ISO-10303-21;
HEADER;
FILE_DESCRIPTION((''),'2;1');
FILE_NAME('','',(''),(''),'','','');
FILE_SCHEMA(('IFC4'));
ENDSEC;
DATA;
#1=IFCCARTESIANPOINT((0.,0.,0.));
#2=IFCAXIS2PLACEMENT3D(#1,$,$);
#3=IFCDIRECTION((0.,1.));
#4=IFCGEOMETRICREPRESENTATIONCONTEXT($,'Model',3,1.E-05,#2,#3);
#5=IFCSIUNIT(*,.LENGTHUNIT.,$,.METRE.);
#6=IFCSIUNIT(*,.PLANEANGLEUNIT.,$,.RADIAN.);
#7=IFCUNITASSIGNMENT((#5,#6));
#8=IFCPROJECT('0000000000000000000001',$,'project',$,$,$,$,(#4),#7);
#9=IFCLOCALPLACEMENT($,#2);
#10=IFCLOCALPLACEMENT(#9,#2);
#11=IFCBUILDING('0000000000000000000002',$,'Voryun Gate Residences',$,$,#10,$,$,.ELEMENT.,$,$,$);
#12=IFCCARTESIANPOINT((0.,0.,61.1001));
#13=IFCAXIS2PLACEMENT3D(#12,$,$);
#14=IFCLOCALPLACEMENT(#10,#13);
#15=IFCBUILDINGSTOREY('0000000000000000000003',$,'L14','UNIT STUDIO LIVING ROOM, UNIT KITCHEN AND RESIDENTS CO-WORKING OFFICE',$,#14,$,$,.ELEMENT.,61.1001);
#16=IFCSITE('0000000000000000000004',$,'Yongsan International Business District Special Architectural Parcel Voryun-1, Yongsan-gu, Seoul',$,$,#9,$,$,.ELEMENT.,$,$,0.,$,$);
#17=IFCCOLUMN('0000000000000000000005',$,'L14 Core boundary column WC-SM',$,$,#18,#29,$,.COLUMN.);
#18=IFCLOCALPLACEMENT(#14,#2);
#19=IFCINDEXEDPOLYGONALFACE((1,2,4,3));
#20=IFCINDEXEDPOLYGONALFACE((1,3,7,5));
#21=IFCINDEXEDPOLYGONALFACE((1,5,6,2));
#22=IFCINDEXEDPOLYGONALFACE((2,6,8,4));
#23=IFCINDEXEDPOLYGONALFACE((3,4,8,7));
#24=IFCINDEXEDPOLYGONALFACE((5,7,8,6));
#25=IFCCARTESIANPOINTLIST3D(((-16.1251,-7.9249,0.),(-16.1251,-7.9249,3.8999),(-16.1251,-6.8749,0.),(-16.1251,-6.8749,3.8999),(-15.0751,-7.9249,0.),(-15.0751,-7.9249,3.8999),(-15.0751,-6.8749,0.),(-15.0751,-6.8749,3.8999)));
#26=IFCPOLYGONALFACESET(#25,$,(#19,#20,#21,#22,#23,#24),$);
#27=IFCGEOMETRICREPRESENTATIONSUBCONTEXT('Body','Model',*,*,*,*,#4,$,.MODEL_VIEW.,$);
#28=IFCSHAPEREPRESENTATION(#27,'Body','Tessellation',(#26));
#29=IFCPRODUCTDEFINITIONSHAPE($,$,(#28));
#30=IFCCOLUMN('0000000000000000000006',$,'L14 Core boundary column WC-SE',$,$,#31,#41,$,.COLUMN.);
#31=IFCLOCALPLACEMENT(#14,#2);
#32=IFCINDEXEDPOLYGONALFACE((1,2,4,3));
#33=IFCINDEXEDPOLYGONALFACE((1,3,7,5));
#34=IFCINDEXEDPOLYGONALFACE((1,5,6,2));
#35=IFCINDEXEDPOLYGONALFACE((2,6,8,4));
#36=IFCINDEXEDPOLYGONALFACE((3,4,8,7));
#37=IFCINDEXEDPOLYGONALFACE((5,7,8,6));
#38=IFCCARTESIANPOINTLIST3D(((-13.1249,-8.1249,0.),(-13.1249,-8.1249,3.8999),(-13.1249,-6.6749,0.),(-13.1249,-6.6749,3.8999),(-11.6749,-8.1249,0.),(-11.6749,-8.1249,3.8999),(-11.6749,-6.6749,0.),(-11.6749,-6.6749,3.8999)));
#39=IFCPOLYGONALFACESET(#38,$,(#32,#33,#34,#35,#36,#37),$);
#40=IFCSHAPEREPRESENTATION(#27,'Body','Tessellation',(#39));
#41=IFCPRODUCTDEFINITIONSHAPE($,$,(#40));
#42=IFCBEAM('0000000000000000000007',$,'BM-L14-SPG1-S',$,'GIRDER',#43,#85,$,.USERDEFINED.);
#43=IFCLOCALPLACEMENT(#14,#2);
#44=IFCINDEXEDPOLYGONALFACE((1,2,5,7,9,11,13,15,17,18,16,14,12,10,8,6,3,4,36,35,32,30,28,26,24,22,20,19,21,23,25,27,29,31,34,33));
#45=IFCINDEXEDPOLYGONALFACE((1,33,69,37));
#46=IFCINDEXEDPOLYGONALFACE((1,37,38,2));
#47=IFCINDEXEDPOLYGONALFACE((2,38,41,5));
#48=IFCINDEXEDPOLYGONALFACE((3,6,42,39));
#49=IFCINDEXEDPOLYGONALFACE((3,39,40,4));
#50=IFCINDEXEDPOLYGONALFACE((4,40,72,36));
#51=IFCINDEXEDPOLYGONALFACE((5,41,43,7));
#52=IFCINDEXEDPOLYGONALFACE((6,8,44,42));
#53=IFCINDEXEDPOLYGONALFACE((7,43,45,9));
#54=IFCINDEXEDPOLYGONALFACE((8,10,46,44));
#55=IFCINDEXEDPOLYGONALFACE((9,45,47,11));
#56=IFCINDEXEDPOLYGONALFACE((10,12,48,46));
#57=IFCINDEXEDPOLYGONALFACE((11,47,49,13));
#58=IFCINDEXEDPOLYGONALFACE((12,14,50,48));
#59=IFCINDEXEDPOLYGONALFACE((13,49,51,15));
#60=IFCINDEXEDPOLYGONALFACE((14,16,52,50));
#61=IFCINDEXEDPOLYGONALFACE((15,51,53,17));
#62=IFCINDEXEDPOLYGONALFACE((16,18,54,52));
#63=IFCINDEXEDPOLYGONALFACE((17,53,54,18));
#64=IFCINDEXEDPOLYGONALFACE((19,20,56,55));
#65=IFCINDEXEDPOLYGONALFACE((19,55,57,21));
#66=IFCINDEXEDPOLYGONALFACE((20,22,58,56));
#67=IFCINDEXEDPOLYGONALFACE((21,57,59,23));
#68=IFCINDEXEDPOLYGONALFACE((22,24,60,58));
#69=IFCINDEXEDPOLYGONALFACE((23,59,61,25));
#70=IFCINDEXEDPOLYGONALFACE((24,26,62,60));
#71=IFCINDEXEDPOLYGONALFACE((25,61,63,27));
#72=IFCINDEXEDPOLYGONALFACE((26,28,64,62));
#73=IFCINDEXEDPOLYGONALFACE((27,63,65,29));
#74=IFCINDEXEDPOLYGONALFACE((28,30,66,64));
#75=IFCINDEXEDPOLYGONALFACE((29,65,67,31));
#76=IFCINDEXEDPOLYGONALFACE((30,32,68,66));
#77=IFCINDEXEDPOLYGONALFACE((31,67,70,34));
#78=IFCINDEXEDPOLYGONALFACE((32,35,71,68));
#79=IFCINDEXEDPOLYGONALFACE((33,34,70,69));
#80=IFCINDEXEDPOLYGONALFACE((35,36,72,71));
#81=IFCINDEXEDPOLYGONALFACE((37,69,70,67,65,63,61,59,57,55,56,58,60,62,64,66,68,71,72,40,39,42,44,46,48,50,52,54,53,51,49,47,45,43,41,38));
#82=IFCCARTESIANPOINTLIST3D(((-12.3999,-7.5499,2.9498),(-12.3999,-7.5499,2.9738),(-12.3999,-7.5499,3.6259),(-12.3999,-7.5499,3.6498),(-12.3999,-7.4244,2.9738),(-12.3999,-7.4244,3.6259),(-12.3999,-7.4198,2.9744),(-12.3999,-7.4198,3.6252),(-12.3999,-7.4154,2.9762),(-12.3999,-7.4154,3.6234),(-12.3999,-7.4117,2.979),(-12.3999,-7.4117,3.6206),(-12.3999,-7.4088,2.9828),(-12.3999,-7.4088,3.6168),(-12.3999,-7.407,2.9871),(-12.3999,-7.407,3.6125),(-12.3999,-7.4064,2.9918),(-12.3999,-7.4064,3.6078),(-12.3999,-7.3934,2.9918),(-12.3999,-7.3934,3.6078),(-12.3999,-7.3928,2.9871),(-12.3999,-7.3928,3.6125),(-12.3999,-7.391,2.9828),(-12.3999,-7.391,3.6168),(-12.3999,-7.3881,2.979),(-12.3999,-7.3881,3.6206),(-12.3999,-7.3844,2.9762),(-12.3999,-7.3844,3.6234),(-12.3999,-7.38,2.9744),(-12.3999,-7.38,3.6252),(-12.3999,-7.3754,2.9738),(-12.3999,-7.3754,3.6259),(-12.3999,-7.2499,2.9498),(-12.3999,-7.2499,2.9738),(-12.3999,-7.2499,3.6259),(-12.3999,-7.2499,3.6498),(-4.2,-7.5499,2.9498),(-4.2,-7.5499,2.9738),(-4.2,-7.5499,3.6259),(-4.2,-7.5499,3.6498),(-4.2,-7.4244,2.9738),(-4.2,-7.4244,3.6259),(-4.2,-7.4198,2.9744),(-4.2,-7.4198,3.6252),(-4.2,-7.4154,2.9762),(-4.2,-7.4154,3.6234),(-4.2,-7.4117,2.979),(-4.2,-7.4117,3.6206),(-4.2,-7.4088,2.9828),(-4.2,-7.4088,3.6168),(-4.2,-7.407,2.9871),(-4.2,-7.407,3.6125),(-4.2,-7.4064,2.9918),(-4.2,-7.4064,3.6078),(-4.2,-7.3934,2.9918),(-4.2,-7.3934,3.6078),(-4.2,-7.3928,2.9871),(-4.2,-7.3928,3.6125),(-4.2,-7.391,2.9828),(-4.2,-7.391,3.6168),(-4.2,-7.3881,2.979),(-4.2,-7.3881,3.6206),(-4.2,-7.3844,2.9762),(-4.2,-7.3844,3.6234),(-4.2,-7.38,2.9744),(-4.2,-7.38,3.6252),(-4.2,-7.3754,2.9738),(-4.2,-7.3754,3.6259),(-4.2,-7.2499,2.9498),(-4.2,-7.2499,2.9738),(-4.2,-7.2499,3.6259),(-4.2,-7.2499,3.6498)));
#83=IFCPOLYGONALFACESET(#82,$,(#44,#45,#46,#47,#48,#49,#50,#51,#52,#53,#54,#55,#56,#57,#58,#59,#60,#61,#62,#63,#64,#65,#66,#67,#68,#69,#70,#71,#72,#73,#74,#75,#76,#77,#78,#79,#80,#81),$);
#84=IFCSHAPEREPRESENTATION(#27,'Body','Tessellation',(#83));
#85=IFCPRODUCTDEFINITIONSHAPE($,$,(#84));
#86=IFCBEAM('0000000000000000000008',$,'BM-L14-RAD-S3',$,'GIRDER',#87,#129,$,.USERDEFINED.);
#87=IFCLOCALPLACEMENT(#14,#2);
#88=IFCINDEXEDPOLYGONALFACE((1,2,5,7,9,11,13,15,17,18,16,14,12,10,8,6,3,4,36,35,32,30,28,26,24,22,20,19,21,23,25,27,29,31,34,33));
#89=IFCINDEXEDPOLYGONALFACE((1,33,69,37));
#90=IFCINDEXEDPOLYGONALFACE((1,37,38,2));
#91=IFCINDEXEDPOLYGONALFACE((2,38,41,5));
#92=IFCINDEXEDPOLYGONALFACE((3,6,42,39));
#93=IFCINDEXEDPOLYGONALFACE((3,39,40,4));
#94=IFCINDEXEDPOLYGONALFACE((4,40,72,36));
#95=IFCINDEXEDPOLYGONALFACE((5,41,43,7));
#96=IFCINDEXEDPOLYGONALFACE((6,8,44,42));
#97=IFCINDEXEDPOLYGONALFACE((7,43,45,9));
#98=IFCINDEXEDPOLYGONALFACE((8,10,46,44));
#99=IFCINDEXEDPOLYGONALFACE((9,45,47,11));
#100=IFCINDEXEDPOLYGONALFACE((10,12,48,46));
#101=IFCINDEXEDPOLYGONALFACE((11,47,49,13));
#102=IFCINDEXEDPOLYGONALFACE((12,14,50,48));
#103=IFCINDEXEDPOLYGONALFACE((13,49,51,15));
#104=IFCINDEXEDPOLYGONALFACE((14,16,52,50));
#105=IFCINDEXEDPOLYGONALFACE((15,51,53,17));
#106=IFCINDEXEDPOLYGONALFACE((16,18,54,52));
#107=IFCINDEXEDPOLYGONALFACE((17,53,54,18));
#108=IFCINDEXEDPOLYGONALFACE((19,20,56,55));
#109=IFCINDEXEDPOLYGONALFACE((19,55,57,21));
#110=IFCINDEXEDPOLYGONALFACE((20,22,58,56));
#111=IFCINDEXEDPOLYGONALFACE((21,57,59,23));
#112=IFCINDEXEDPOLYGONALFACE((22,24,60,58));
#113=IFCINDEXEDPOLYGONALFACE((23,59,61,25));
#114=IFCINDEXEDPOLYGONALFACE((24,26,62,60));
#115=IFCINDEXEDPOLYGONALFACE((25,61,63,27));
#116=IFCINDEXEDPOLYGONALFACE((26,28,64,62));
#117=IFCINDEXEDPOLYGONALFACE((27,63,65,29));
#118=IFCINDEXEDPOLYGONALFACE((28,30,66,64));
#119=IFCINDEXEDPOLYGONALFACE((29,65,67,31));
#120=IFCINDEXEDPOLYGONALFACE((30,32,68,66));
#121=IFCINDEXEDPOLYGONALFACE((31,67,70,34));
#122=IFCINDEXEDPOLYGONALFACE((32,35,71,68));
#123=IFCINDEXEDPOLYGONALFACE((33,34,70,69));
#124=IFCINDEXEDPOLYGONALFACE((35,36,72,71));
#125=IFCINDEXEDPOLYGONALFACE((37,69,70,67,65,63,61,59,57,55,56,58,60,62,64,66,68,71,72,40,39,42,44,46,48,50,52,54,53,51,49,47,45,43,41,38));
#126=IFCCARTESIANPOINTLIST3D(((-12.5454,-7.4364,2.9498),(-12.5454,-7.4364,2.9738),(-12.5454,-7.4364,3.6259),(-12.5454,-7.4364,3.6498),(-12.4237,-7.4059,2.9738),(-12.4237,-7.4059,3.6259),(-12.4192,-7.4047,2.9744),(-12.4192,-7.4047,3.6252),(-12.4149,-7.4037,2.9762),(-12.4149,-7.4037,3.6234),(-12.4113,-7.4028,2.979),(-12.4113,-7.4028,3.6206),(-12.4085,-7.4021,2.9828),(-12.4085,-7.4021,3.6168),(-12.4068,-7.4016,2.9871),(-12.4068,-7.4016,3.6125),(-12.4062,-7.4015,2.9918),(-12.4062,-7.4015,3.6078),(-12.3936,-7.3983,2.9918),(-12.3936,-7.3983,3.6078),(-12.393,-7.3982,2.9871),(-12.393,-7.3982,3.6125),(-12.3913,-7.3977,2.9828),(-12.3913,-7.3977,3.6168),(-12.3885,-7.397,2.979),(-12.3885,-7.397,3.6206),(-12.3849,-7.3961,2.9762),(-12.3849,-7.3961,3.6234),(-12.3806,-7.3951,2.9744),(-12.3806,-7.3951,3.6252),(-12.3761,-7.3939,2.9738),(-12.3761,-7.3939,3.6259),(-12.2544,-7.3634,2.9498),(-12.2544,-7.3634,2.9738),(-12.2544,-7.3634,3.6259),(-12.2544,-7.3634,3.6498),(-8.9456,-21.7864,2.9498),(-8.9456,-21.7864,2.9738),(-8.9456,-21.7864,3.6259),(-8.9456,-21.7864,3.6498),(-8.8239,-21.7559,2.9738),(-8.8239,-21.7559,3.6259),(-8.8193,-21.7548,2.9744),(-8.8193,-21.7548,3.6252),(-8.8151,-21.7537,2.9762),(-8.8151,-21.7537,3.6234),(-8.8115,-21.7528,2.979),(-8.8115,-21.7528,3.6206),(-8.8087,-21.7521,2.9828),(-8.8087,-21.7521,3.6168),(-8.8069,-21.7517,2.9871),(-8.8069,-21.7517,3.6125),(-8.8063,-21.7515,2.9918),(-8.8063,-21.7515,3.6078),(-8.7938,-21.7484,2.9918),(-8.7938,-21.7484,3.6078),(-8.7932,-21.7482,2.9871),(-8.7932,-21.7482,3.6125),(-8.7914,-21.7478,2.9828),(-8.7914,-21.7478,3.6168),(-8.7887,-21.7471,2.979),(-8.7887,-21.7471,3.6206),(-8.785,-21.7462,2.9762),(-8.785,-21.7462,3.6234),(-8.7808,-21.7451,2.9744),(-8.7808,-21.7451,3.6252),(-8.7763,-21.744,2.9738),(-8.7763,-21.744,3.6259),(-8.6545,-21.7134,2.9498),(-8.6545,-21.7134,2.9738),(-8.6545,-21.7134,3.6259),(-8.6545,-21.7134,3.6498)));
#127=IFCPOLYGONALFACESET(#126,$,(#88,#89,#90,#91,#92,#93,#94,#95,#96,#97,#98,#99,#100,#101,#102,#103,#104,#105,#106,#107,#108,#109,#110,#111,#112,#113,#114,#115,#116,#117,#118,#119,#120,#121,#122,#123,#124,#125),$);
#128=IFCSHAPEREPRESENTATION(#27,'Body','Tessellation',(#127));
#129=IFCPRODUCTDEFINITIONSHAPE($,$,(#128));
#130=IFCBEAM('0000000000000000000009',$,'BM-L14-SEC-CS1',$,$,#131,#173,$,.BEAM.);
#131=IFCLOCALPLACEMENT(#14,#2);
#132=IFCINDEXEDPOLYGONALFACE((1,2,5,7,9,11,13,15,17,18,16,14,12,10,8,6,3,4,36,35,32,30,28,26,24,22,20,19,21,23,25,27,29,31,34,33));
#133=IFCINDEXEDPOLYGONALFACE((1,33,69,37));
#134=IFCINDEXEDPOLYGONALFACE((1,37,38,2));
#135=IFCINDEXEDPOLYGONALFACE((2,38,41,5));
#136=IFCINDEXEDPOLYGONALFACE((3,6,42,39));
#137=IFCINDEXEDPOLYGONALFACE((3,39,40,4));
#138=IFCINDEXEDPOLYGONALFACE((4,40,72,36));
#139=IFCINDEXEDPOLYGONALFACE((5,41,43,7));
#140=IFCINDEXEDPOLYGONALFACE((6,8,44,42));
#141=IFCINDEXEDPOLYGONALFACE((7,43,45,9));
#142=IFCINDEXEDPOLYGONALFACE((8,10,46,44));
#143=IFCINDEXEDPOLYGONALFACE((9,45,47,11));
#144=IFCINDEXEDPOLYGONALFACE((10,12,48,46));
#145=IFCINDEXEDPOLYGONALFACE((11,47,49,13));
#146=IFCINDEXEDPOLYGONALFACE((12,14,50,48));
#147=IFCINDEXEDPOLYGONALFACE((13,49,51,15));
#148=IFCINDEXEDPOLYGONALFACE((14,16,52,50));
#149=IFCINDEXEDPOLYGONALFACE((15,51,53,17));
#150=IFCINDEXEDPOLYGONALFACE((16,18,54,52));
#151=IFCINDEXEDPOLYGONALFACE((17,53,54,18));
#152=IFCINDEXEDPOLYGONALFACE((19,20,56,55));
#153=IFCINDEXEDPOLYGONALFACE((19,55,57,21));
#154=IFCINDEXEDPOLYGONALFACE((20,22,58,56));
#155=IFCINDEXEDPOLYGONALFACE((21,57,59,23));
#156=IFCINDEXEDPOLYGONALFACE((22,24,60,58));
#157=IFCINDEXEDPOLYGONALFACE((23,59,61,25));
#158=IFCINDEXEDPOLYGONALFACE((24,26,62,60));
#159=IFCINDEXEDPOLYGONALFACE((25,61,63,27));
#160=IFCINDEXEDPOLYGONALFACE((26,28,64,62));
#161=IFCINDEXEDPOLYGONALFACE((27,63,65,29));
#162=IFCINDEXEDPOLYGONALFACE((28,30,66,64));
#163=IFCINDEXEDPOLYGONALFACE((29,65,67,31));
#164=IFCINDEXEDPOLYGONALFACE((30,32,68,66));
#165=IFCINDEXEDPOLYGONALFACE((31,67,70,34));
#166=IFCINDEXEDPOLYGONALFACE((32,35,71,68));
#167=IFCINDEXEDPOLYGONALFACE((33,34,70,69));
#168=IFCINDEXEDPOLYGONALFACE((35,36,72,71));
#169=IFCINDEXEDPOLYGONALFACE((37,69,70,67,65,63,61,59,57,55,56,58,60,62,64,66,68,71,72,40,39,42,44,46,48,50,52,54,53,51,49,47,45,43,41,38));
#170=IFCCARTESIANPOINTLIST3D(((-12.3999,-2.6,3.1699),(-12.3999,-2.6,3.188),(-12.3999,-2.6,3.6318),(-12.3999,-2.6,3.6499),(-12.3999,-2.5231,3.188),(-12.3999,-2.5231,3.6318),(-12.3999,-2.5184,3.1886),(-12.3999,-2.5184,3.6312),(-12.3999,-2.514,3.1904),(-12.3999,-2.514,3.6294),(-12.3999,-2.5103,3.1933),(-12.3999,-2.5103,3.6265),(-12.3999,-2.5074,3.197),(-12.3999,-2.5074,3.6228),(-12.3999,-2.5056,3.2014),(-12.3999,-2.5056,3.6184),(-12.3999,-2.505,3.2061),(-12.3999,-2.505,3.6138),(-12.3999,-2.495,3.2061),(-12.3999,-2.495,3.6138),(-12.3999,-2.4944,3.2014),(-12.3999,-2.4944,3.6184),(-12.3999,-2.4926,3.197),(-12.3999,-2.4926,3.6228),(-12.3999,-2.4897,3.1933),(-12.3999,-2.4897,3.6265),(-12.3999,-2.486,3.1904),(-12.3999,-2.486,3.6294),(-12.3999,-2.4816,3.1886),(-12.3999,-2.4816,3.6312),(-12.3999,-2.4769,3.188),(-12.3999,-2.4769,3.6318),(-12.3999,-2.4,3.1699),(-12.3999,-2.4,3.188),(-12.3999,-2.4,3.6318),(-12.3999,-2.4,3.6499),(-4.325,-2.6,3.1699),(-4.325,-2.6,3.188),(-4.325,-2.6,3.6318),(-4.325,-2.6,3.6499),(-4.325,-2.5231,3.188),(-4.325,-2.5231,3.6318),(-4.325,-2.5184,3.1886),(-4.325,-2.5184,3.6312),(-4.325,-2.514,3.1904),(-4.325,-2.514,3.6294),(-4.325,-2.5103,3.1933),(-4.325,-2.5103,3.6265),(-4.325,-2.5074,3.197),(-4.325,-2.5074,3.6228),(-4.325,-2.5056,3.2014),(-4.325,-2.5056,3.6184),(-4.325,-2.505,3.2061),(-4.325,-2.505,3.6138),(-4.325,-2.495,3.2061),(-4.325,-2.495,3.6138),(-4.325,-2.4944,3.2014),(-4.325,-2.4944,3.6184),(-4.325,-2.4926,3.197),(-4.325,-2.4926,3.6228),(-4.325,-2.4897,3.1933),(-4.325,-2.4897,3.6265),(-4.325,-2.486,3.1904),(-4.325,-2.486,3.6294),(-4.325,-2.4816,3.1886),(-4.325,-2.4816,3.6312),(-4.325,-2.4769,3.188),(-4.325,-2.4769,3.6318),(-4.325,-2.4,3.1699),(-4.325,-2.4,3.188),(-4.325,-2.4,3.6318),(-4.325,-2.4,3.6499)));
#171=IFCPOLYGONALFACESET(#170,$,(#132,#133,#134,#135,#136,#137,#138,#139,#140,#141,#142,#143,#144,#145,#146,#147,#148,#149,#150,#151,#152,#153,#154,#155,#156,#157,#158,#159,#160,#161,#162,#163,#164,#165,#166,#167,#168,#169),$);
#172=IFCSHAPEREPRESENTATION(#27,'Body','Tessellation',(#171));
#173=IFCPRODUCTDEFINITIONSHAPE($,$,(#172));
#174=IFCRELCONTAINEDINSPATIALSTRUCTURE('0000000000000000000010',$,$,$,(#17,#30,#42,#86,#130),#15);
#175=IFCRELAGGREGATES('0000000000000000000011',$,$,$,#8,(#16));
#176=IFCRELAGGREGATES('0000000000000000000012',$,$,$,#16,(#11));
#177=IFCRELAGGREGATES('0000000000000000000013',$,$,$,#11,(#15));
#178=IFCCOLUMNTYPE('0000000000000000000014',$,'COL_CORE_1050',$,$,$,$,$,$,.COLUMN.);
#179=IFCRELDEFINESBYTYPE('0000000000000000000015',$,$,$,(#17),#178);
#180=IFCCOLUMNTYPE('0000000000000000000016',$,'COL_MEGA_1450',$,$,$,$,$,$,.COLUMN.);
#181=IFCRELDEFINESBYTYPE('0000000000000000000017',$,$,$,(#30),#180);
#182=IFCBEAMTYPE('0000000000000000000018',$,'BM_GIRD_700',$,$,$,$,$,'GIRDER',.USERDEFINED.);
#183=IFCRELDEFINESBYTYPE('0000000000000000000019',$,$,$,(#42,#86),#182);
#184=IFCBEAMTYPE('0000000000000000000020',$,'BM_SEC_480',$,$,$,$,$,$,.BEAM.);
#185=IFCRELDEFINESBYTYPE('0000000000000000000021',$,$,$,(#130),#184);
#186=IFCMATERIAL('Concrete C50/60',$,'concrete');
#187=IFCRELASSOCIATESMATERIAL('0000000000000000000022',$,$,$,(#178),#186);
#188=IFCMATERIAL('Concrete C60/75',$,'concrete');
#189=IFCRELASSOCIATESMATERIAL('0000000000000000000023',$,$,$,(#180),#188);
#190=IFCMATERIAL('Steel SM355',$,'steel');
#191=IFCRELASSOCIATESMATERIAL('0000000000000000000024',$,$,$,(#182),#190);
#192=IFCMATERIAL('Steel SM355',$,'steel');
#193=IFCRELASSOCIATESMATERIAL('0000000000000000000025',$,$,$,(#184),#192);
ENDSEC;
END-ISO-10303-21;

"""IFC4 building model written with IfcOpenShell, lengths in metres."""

from ifc_helpers import new_model, si_unit, direction, frame, origin, origin_2d, place, context, subcontext, project, spatial, rectangle, i_section, extrude, material, material_profile, profile_set, type_object, element, save


model = new_model("IFC4")

# Units and contexts
model_context = context("Model", 3, precision=1e-05, world=origin(), true_north=direction((0.0, 1.0)))
body_context = subcontext(model_context, "Body", "Model", "MODEL_VIEW")
ifc_project = project(units=[si_unit("LENGTHUNIT", "METRE"), si_unit("PLANEANGLEUNIT", "RADIAN")], contexts=[model_context])

# Site, building, storey
site_placement = place(None, origin())
site = spatial("IfcSite", under=ifc_project, at=site_placement, Name="Yongsan International Business District Special Architectural Parcel Voryun-1, Yongsan-gu, Seoul", CompositionType="ELEMENT", RefElevation=0.0)
building_placement = place(site_placement, origin())
building = spatial("IfcBuilding", under=site, at=building_placement, Name="Voryun Gate Residences", CompositionType="ELEMENT")
storey_placement = place(building_placement, frame((0.0, 0.0, 61.1001)))
storey = spatial("IfcBuildingStorey", under=building, at=storey_placement, Name="L14", Description="UNIT STUDIO LIVING ROOM, UNIT KITCHEN AND RESIDENTS CO-WORKING OFFICE", CompositionType="ELEMENT", Elevation=61.1001)

# Columns
ifc_material_1 = material(Name="Concrete C50/60", Category="concrete")
ifc_material_profile_1 = material_profile(ifc_material_1, rectangle(XDim=1.05, YDim=1.05, at=origin_2d()), Name="RC-1050x1050")
ifc_profile_set_1 = profile_set([ifc_material_profile_1], Name="Concrete C50/60")
column_type_1 = type_object("IfcColumnType", Name="COL_CORE_1050", PredefinedType="COLUMN", material=ifc_profile_set_1)
column_1_placement = place(storey_placement, frame((-15.6001, -7.3999, 0.0), z_axis=(0.0, 0.0, 1.0), x_axis=(1.0, 0.0, 0.0)))
element("IfcColumn", 1, at=column_1_placement, inside=storey, type_object=column_type_1, Name="L14 Core boundary column WC-SM", PredefinedType="COLUMN", context=body_context, shape_type="SweptSolid", body=[
    extrude(rectangle(XDim=1.05, YDim=1.05, at=origin_2d()), origin(), (0.0, 0.0, 1.0), 3.8999),
])
ifc_material_2 = material(Name="Concrete C60/75", Category="concrete")
ifc_material_profile_2 = material_profile(ifc_material_2, rectangle(XDim=1.45, YDim=1.45, at=origin_2d()), Name="RC-1450x1450")
ifc_profile_set_2 = profile_set([ifc_material_profile_2], Name="Concrete C60/75")
column_type_2 = type_object("IfcColumnType", Name="COL_MEGA_1450", PredefinedType="COLUMN", material=ifc_profile_set_2)
column_2_placement = place(storey_placement, frame((-12.3999, -7.3999, 0.0), z_axis=(0.0, 0.0, 1.0), x_axis=(1.0, 0.0, 0.0)))
element("IfcColumn", 2, at=column_2_placement, inside=storey, type_object=column_type_2, Name="L14 Core boundary column WC-SE", PredefinedType="COLUMN", context=body_context, shape_type="SweptSolid", body=[
    extrude(rectangle(XDim=1.45, YDim=1.45, at=origin_2d()), origin(), (0.0, 0.0, 1.0), 3.8999),
])

# Beams
ifc_material_3 = material(Name="Steel SM355", Category="steel")
ifc_material_profile_3 = material_profile(ifc_material_3, i_section(OverallWidth=0.3, OverallDepth=0.7, WebThickness=0.0129, FlangeThickness=0.0239, FilletRadius=0.0181, at=origin_2d()), Name="H-700x300x13x24")
ifc_profile_set_3 = profile_set([ifc_material_profile_3], Name="Steel SM355")
beam_type_1 = type_object("IfcBeamType", Name="BM_GIRD_700", ElementType="GIRDER", PredefinedType="USERDEFINED", material=ifc_profile_set_3)
beam_1_placement = place(storey_placement, frame((-12.3999, -7.3999, 3.2998), z_axis=(1.0, 0.0, 0.0), x_axis=(0.0, 1.0, 0.0)))
element("IfcBeam", 3, at=beam_1_placement, inside=storey, type_object=beam_type_1, Name="BM-L14-SPG1-S", ObjectType="GIRDER", PredefinedType="USERDEFINED", context=body_context, shape_type="SweptSolid", body=[
    extrude(i_section(OverallWidth=0.3, OverallDepth=0.7, WebThickness=0.0129, FlangeThickness=0.0239, FilletRadius=0.0181, at=origin_2d()), origin(), (0.0, 0.0, 1.0), 8.2),
])
beam_2_placement = place(storey_placement, frame((-12.3999, -7.3999, 3.2998), z_axis=(0.24332, -0.969946, 0.0), x_axis=(0.969946, 0.24332, 0.0)))
element("IfcBeam", 4, at=beam_2_placement, inside=storey, type_object=beam_type_1, Name="BM-L14-RAD-S3", ObjectType="GIRDER", PredefinedType="USERDEFINED", context=body_context, shape_type="SweptSolid", body=[
    extrude(i_section(OverallWidth=0.3, OverallDepth=0.7, WebThickness=0.0129, FlangeThickness=0.0239, FilletRadius=0.0181, at=origin_2d()), origin(), (0.0, 0.0, 1.0), 14.7947),
])
ifc_material_4 = material(Name="Steel SM355", Category="steel")
ifc_material_profile_4 = material_profile(ifc_material_4, i_section(OverallWidth=0.2, OverallDepth=0.48, WebThickness=0.01, FlangeThickness=0.0181, FilletRadius=0.0181, at=origin_2d()), Name="H-480x200x10x18")
ifc_profile_set_4 = profile_set([ifc_material_profile_4], Name="Steel SM355")
beam_type_2 = type_object("IfcBeamType", Name="BM_SEC_480", PredefinedType="BEAM", material=ifc_profile_set_4)
beam_3_placement = place(storey_placement, frame((-12.3999, -2.5, 3.4099), z_axis=(1.0, 0.0, 0.0), x_axis=(0.0, 1.0, 0.0)))
element("IfcBeam", 5, at=beam_3_placement, inside=storey, type_object=beam_type_2, Name="BM-L14-SEC-CS1", PredefinedType="BEAM", context=body_context, shape_type="SweptSolid", body=[
    extrude(i_section(OverallWidth=0.2, OverallDepth=0.48, WebThickness=0.01, FlangeThickness=0.0181, FilletRadius=0.0181, at=origin_2d()), origin(), (0.0, 0.0, 1.0), 8.075),
])

save(model, "model.ifc")
